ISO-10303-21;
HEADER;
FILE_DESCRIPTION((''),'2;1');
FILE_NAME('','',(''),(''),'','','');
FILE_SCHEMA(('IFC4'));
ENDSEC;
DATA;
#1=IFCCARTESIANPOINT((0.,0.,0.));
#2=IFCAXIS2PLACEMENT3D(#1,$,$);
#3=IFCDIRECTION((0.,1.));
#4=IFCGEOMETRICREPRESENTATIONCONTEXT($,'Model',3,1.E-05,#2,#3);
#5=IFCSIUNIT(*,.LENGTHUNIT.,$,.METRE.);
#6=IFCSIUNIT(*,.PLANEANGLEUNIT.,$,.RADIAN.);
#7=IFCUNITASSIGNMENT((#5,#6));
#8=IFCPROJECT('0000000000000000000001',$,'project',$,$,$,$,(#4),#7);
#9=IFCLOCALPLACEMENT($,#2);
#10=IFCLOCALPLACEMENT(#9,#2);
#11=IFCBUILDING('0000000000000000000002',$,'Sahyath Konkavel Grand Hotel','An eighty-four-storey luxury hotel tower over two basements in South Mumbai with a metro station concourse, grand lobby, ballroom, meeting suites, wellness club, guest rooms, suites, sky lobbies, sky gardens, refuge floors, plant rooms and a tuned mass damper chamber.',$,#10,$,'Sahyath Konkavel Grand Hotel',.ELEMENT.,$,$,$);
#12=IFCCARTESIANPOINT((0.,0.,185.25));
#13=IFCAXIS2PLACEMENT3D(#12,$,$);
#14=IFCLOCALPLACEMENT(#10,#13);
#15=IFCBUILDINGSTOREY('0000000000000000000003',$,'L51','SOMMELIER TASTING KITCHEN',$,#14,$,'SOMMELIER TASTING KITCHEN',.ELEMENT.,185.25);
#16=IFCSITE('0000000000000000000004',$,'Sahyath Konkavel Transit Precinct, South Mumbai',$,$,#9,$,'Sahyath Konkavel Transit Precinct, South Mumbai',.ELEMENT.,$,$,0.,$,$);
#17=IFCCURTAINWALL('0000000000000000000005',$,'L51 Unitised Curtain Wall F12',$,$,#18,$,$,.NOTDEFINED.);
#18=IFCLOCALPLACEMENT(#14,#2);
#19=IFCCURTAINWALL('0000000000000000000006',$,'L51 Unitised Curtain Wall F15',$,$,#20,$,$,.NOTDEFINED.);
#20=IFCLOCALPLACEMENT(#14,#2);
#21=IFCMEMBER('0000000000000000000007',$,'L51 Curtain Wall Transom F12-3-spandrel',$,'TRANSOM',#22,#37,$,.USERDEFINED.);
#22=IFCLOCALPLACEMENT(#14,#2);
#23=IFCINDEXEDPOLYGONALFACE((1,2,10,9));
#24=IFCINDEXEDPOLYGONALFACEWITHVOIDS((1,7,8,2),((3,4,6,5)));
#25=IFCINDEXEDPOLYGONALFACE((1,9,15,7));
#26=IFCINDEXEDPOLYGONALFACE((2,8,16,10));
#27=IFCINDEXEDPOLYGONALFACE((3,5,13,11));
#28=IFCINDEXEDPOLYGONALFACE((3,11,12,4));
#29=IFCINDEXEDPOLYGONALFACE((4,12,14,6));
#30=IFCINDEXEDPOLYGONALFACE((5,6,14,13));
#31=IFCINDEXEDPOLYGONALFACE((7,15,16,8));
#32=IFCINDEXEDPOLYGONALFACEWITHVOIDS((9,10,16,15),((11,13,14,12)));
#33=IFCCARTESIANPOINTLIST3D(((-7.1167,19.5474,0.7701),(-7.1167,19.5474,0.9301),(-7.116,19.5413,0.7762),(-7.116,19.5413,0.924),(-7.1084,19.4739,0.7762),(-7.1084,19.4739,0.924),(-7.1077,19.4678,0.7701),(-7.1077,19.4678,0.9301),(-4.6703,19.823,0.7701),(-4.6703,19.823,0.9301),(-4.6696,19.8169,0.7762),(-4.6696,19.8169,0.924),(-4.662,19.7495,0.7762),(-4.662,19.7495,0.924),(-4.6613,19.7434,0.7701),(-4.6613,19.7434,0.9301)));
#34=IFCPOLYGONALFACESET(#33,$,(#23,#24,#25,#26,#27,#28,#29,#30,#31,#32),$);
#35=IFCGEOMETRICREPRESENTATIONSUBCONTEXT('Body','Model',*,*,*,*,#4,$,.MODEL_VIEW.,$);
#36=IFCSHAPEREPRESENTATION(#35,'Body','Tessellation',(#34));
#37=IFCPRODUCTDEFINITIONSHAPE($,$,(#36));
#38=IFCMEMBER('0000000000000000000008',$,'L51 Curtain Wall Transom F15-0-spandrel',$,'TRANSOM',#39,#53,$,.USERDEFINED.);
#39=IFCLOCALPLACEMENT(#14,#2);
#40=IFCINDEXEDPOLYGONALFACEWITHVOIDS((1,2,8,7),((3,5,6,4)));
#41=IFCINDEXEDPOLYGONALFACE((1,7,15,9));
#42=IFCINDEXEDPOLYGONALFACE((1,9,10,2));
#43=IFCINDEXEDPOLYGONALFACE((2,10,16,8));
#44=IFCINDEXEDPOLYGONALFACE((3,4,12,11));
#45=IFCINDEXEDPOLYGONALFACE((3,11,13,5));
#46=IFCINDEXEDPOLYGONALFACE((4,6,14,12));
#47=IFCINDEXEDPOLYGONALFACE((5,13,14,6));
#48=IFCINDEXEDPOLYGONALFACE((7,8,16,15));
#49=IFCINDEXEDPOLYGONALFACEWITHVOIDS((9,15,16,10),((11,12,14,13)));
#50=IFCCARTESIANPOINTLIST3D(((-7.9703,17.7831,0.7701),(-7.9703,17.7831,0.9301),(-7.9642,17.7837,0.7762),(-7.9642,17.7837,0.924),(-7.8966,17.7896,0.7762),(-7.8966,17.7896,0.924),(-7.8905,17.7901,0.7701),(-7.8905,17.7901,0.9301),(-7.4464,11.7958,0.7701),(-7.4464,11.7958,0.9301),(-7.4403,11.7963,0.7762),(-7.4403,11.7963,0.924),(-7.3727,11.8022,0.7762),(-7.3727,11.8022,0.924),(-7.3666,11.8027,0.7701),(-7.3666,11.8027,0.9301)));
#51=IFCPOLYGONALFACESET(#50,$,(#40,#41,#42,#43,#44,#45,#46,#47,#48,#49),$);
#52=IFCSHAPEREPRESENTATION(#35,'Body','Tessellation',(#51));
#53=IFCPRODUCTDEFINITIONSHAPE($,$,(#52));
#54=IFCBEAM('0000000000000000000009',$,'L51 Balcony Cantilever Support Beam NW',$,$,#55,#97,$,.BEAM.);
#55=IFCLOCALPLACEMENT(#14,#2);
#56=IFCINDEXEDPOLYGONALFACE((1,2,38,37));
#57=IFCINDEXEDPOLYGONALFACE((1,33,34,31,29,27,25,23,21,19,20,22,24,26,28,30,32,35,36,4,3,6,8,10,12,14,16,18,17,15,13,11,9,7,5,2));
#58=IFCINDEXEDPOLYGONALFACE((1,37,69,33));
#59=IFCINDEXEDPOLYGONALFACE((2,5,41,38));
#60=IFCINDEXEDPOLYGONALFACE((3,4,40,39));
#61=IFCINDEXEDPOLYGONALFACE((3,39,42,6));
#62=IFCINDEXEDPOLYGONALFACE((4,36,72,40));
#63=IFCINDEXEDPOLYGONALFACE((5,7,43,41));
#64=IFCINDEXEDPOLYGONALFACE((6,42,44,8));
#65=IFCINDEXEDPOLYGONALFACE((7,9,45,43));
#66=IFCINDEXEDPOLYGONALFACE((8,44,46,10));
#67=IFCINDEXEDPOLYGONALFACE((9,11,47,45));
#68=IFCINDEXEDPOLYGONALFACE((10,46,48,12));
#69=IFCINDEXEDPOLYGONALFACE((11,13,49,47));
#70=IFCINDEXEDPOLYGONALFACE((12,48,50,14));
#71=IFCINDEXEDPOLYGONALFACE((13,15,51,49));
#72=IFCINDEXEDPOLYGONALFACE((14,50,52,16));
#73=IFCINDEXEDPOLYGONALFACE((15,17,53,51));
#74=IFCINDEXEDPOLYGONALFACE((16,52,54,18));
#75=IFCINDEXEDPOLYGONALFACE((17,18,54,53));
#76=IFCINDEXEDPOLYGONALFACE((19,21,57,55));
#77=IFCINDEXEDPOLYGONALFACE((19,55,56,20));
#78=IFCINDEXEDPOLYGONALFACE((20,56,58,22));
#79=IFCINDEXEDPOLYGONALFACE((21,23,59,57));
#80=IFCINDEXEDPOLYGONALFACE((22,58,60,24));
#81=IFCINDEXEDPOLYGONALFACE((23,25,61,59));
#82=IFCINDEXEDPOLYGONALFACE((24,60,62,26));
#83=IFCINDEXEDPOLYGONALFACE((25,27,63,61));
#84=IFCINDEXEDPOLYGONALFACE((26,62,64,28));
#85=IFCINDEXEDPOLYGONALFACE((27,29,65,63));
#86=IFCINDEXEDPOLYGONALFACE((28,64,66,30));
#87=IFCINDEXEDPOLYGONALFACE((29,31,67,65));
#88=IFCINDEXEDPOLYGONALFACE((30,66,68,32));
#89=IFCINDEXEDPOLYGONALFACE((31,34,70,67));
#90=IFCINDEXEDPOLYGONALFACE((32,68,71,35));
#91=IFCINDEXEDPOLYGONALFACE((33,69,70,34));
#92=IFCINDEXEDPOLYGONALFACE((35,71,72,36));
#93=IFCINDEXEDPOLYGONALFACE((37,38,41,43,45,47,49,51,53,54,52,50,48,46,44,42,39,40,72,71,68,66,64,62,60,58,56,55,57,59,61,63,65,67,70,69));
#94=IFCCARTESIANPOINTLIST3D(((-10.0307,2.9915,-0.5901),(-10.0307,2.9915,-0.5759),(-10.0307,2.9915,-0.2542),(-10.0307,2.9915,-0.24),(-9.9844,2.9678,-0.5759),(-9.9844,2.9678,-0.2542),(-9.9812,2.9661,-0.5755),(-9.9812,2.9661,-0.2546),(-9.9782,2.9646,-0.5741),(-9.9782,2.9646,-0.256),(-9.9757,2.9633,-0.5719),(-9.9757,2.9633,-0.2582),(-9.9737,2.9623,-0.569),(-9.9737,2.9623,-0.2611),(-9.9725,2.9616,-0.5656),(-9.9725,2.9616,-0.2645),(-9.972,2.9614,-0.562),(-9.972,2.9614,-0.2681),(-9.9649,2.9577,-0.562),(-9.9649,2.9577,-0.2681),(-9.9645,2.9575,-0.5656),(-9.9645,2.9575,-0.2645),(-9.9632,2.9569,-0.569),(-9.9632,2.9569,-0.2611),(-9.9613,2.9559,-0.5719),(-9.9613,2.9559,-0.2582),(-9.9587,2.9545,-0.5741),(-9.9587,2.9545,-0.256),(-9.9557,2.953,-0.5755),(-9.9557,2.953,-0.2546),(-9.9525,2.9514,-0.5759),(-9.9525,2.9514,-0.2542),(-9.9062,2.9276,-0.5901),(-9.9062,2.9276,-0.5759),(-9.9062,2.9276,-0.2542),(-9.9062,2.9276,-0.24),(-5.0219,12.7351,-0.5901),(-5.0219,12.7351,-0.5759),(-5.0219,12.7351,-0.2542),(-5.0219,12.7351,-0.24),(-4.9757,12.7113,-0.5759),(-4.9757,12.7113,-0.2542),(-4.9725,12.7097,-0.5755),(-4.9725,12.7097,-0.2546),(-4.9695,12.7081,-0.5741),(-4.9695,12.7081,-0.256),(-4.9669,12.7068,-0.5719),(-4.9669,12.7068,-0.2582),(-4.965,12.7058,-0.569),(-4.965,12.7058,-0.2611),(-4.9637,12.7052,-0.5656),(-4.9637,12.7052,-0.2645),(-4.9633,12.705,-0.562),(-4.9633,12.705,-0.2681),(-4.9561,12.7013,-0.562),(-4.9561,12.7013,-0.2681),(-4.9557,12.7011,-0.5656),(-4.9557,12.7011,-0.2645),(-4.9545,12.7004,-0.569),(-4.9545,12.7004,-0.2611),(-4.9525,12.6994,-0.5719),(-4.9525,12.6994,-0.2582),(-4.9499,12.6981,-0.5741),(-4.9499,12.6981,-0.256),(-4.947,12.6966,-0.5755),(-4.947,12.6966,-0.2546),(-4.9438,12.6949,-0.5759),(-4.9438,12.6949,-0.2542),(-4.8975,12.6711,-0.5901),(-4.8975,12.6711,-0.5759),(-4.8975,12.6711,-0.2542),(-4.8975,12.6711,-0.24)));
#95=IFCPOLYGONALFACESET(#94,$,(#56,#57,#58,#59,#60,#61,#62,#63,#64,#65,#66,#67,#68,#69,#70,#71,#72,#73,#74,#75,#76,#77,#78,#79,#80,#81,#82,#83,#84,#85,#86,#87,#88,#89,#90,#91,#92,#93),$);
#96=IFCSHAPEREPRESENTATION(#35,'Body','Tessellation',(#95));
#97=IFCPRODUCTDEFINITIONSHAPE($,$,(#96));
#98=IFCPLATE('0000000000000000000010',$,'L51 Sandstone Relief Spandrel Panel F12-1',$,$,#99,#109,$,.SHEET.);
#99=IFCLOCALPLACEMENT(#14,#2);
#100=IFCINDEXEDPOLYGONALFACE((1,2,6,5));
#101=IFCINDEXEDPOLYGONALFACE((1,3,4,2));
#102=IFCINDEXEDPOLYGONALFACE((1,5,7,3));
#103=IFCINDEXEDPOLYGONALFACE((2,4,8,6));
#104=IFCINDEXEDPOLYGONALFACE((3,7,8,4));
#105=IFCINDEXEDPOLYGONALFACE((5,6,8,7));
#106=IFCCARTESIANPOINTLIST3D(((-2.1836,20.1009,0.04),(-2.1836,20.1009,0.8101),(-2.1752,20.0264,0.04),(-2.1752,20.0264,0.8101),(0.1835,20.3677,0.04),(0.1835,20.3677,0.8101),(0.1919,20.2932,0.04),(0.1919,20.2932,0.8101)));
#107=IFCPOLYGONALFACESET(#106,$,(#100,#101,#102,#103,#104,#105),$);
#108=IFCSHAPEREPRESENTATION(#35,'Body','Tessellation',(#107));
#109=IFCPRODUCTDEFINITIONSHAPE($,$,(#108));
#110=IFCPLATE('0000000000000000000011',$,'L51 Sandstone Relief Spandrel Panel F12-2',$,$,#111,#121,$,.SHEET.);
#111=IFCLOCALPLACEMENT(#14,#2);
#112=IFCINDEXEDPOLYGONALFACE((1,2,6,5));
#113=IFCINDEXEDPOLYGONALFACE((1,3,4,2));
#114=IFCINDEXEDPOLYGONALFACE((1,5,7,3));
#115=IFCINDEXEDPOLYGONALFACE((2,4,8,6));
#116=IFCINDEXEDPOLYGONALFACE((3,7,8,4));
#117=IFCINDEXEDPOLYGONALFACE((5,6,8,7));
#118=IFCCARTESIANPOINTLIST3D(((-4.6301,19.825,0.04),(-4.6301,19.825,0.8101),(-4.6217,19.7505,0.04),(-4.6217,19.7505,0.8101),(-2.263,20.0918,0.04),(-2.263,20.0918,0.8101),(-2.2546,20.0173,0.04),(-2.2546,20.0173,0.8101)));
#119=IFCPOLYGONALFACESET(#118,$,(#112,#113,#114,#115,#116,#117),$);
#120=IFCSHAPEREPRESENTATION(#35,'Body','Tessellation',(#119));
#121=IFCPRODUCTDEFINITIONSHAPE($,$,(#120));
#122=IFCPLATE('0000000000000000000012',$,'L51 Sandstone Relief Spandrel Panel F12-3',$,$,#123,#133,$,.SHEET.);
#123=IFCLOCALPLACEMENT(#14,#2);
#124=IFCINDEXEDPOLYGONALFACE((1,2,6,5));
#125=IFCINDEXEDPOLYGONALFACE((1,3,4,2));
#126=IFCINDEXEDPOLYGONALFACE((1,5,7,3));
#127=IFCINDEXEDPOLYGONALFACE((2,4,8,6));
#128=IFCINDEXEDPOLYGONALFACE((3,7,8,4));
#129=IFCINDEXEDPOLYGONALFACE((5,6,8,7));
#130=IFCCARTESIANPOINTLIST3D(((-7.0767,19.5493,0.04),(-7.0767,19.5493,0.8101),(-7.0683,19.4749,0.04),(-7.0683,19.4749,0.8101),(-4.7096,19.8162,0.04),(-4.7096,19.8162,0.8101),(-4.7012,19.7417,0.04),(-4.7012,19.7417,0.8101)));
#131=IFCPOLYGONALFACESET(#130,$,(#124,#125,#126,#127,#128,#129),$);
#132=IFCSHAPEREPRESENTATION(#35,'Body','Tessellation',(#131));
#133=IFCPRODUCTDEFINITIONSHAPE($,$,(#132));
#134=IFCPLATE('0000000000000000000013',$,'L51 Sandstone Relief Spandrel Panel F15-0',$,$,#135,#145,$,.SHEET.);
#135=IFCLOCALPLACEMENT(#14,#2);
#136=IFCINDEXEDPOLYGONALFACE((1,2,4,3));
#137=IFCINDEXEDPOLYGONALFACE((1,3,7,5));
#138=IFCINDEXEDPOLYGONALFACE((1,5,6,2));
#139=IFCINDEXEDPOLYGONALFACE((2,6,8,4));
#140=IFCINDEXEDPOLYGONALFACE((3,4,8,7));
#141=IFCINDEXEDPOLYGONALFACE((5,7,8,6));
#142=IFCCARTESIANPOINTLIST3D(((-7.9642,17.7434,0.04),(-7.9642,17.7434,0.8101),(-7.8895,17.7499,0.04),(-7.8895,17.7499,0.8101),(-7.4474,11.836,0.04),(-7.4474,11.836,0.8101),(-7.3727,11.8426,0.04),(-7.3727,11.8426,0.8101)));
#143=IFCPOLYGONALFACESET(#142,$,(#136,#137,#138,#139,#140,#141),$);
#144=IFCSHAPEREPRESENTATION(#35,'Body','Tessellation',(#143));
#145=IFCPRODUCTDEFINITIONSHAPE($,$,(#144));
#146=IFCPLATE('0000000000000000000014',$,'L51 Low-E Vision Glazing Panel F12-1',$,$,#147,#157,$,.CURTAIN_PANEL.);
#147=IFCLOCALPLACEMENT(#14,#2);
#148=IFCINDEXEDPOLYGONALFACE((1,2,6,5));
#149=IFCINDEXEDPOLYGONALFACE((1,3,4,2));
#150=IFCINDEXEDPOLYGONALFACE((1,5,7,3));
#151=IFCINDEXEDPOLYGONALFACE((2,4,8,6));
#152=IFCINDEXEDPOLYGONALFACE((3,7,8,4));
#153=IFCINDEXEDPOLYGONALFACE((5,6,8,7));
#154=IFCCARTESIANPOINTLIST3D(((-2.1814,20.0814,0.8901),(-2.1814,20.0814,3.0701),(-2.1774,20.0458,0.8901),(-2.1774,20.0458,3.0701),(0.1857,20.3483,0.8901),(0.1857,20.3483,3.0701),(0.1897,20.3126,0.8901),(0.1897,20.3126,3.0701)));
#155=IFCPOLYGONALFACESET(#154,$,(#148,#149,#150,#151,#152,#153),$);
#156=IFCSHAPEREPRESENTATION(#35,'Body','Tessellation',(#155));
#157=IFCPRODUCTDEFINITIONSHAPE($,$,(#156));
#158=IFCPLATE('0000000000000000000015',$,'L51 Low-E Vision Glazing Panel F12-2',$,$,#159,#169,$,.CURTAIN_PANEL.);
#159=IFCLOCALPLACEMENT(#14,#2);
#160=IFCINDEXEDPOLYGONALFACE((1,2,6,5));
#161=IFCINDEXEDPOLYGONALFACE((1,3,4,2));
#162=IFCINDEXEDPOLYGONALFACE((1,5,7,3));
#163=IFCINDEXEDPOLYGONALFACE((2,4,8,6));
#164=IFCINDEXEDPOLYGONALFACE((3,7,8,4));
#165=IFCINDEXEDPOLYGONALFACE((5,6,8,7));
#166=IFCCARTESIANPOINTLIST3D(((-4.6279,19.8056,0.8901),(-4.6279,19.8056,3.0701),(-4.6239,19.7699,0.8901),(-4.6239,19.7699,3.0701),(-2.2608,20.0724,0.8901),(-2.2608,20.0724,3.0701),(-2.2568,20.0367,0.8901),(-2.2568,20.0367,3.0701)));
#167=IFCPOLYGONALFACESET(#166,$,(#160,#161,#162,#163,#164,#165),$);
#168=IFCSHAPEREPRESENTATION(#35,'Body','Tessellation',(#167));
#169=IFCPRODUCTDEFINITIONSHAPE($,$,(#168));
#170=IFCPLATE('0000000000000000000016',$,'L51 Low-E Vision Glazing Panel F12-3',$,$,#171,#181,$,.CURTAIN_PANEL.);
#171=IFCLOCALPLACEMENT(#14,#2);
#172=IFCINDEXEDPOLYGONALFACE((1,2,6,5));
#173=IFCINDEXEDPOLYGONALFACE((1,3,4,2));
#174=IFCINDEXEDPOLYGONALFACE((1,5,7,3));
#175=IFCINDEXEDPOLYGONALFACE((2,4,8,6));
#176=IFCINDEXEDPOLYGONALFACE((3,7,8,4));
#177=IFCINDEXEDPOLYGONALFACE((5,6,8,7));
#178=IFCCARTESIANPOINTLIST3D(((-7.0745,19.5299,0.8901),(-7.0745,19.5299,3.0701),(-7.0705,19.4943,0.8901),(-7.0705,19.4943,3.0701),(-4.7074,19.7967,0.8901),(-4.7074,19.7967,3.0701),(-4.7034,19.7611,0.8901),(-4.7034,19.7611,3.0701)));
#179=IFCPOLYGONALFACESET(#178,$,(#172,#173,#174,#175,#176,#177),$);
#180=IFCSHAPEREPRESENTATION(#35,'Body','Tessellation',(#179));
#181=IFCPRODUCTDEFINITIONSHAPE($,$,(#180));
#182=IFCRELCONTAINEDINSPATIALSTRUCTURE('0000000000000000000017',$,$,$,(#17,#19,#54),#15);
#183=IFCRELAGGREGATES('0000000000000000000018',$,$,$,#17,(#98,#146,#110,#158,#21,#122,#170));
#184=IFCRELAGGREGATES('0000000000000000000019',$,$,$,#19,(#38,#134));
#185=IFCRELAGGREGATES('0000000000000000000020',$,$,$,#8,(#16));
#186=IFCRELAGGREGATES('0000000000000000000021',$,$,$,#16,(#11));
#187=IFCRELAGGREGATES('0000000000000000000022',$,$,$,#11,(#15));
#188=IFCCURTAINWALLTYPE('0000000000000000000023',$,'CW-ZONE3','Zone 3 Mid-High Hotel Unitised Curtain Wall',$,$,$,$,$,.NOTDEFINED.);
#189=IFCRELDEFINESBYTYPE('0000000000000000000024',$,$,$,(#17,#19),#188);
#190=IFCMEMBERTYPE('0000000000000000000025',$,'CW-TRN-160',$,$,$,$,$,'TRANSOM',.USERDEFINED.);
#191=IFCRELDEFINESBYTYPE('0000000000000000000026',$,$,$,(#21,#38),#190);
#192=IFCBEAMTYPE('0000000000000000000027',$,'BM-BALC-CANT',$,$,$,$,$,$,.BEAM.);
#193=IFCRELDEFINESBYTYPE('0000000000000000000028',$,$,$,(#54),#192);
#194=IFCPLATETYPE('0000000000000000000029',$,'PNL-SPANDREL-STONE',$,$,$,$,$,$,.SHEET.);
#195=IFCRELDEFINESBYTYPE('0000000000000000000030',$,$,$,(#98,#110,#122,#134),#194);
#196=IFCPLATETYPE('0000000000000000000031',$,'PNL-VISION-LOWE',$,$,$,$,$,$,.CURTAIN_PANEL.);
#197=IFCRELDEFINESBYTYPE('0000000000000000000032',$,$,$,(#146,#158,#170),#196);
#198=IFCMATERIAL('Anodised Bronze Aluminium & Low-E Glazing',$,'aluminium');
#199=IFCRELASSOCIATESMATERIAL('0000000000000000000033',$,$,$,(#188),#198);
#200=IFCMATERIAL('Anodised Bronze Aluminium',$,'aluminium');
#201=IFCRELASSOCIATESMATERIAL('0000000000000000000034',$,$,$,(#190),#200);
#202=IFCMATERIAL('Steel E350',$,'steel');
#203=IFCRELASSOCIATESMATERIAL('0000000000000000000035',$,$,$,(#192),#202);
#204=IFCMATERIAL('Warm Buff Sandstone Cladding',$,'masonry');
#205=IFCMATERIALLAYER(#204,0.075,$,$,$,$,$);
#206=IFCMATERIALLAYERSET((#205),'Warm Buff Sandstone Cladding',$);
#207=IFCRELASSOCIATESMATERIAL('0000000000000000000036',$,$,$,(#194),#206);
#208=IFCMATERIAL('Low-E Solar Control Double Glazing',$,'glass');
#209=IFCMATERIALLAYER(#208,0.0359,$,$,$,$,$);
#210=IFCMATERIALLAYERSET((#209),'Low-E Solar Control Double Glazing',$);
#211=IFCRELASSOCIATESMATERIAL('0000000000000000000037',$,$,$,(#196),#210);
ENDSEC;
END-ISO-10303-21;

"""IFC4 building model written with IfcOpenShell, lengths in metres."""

from ifc_helpers import new_model, si_unit, direction, frame, origin, origin_2d, place, context, subcontext, project, spatial, rectangle, hollow_rectangle, i_section, extrude, source, transform, mapped, material, layer, layer_set, material_profile, profile_set, type_object, element, aggregate, save


model = new_model("IFC4")

# Units and contexts
model_context = context("Model", 3, precision=1e-05, world=origin(), true_north=direction((0.0, 1.0)))
body_context = subcontext(model_context, "Body", "Model", "MODEL_VIEW")
ifc_project = project(units=[si_unit("LENGTHUNIT", "METRE"), si_unit("PLANEANGLEUNIT", "RADIAN")], contexts=[model_context])

# Site, building, storey
site_placement = place(None, origin())
site = spatial("IfcSite", under=ifc_project, at=site_placement, Name="Sahyath Konkavel Transit Precinct, South Mumbai", LongName="Sahyath Konkavel Transit Precinct, South Mumbai", CompositionType="ELEMENT", RefElevation=0.0)
building_placement = place(site_placement, origin())
building = spatial("IfcBuilding", under=site, at=building_placement, Name="Sahyath Konkavel Grand Hotel", Description="An eighty-four-storey luxury hotel tower over two basements in South Mumbai with a metro station concourse, grand lobby, ballroom, meeting suites, wellness club, guest rooms, suites, sky lobbies, sky gardens, refuge floors, plant rooms and a tuned mass damper chamber.", LongName="Sahyath Konkavel Grand Hotel", CompositionType="ELEMENT")
storey_placement = place(building_placement, frame((0.0, 0.0, 185.25)))
storey = spatial("IfcBuildingStorey", under=building, at=storey_placement, Name="L51", Description="SOMMELIER TASTING KITCHEN", LongName="SOMMELIER TASTING KITCHEN", CompositionType="ELEMENT", Elevation=185.25)

# Shared definitions
ifc_material_1 = material(Name="Steel E350", Category="steel")

# Curtain wall
ifc_material_2 = material(Name="Anodised Bronze Aluminium & Low-E Glazing", Category="aluminium")
curtain_wall_type = type_object("IfcCurtainWallType", Name="CW-ZONE3", Description="Zone 3 Mid-High Hotel Unitised Curtain Wall", PredefinedType="NOTDEFINED", material=ifc_material_2)
curtain_wall_1_placement = place(storey_placement, origin())
curtain_wall_1 = element("IfcCurtainWall", 1, at=curtain_wall_1_placement, inside=storey, type_object=curtain_wall_type, Name="L51 Unitised Curtain Wall F12", PredefinedType="NOTDEFINED")
ifc_material_3 = material(Name="Anodised Bronze Aluminium", Category="aluminium")

# Curtain wall
curtain_wall_2_placement = place(storey_placement, origin())
curtain_wall_2 = element("IfcCurtainWall", 2, at=curtain_wall_2_placement, inside=storey, type_object=curtain_wall_type, Name="L51 Unitised Curtain Wall F15", PredefinedType="NOTDEFINED")

# Members
ifc_material_profile_1 = material_profile(ifc_material_3, hollow_rectangle(XDim=0.0801, YDim=0.1599, WallThickness=0.0061, at=origin_2d()), Name="RHS 160x80x6")
ifc_profile_set_1 = profile_set([ifc_material_profile_1], Name="Anodised Bronze Aluminium")
member_type_1 = type_object("IfcMemberType", Name="CW-TRN-160", ElementType="TRANSOM", PredefinedType="USERDEFINED", material=ifc_profile_set_1)
shared_shape_1 = source(origin(), body_context, "Body", "SweptSolid", [
    extrude(hollow_rectangle(XDim=0.0801, YDim=0.1599, WallThickness=0.0061, at=origin_2d()), origin(), (0.0, 0.0, 1.0), 2.4619),
])
member_1_placement = place(storey_placement, frame((-4.6658, 19.7832, 0.8501), z_axis=(-0.993713, -0.111955, 0.0), x_axis=(0.111955, -0.993713, 0.0)))
member_1 = element("IfcMember", 3, at=member_1_placement, type_object=member_type_1, Name="L51 Curtain Wall Transom F12-3-spandrel", ObjectType="TRANSOM", PredefinedType="USERDEFINED", context=body_context, shape_type="MappedRepresentation", body=[
    mapped(shared_shape_1, transform((0.0, 0.0, 0.0), scale=1.0)),
])
shared_shape_2 = source(origin(), body_context, "Body", "SweptSolid", [
    extrude(hollow_rectangle(XDim=0.0801, YDim=0.1599, WallThickness=0.0061, at=origin_2d()), origin(), (0.0, 0.0, 1.0), 6.0103),
])
member_2_placement = place(storey_placement, frame((-7.9304, 17.7866, 0.8501), z_axis=(0.087173, -0.996193, 0.0), x_axis=(0.996193, 0.087173, 0.0)))
member_2 = element("IfcMember", 4, at=member_2_placement, type_object=member_type_1, Name="L51 Curtain Wall Transom F15-0-spandrel", ObjectType="TRANSOM", PredefinedType="USERDEFINED", context=body_context, shape_type="MappedRepresentation", body=[
    mapped(shared_shape_2, transform((0.0, 0.0, 0.0), scale=1.0)),
])

# Beam
ifc_material_profile_2 = material_profile(ifc_material_1, i_section(OverallWidth=0.1399, OverallDepth=0.3501, WebThickness=0.0081, FlangeThickness=0.0142, FilletRadius=0.0139, at=origin_2d()), Name="ISMB 350")
ifc_profile_set_2 = profile_set([ifc_material_profile_2], Name="Steel E350")
beam_type_1 = type_object("IfcBeamType", Name="BM-BALC-CANT", PredefinedType="BEAM", material=ifc_profile_set_2)
shared_shape_3 = source(origin(), body_context, "Body", "SweptSolid", [
    extrude(i_section(OverallWidth=0.1399, OverallDepth=0.3501, WebThickness=0.0081, FlangeThickness=0.0142, FilletRadius=0.0139, at=origin_2d()), origin(), (0.0, 0.0, 1.0), 10.9556),
])
beam_1_placement = place(storey_placement, frame((-4.9597, 12.7031, -0.415), z_axis=(-0.457187, -0.889371, 0.0), x_axis=(0.889371, -0.457187, 0.0)))
element("IfcBeam", 5, at=beam_1_placement, inside=storey, type_object=beam_type_1, Name="L51 Balcony Cantilever Support Beam NW", PredefinedType="BEAM", context=body_context, shape_type="MappedRepresentation", body=[
    mapped(shared_shape_3, transform((0.0, 0.0, 0.0), scale=1.0)),
])

# Plates
ifc_material_4 = material(Name="Warm Buff Sandstone Cladding", Category="masonry")
ifc_layer_1 = layer(ifc_material_4, 0.075)
ifc_layer_set_1 = layer_set([ifc_layer_1], Name="Warm Buff Sandstone Cladding")
plate_type_1 = type_object("IfcPlateType", Name="PNL-SPANDREL-STONE", PredefinedType="SHEET", material=ifc_layer_set_1)
shared_shape_4 = source(origin(), body_context, "Body", "SweptSolid", [
    extrude(rectangle(XDim=2.3821, YDim=0.075, at=origin_2d()), origin(), (0.0, 0.0, 1.0), 0.77),
])
plate_1_placement = place(storey_placement, frame((-0.9958, 20.197, 0.04), z_axis=(0.0, 0.0, 1.0), x_axis=(-0.993707, -0.112007, 0.0)))
plate_1 = element("IfcPlate", 6, at=plate_1_placement, type_object=plate_type_1, Name="L51 Sandstone Relief Spandrel Panel F12-1", PredefinedType="SHEET", context=body_context, shape_type="MappedRepresentation", body=[
    mapped(shared_shape_4, transform((0.0, 0.0, 0.0), scale=1.0)),
])
plate_2_placement = place(storey_placement, frame((-3.4424, 19.9211, 0.04), z_axis=(0.0, 0.0, 1.0), x_axis=(-0.993707, -0.112007, 0.0)))
plate_2 = element("IfcPlate", 7, at=plate_2_placement, type_object=plate_type_1, Name="L51 Sandstone Relief Spandrel Panel F12-2", PredefinedType="SHEET", context=body_context, shape_type="MappedRepresentation", body=[
    mapped(shared_shape_4, transform((0.0, 0.0, 0.0), scale=1.0)),
])
plate_3_placement = place(storey_placement, frame((-5.8889, 19.6455, 0.04), z_axis=(0.0, 0.0, 1.0), x_axis=(-0.993707, -0.112007, 0.0)))
plate_3 = element("IfcPlate", 8, at=plate_3_placement, type_object=plate_type_1, Name="L51 Sandstone Relief Spandrel Panel F12-3", PredefinedType="SHEET", context=body_context, shape_type="MappedRepresentation", body=[
    mapped(shared_shape_4, transform((0.0, 0.0, 0.0), scale=1.0)),
])
shared_shape_5 = source(origin(), body_context, "Body", "SweptSolid", [
    extrude(rectangle(XDim=5.9299, YDim=0.075, at=origin_2d()), origin(), (0.0, 0.0, 1.0), 0.77),
])
plate_4_placement = place(storey_placement, frame((-7.6685, 14.793, 0.04), z_axis=(0.0, 0.0, 1.0), x_axis=(0.087156, -0.996195, 0.0)))
plate_4 = element("IfcPlate", 9, at=plate_4_placement, type_object=plate_type_1, Name="L51 Sandstone Relief Spandrel Panel F15-0", PredefinedType="SHEET", context=body_context, shape_type="MappedRepresentation", body=[
    mapped(shared_shape_5, transform((0.0, 0.0, 0.0), scale=1.0)),
])
ifc_material_5 = material(Name="Low-E Solar Control Double Glazing", Category="glass")
ifc_layer_2 = layer(ifc_material_5, 0.0359)
ifc_layer_set_2 = layer_set([ifc_layer_2], Name="Low-E Solar Control Double Glazing")
plate_type_2 = type_object("IfcPlateType", Name="PNL-VISION-LOWE", PredefinedType="CURTAIN_PANEL", material=ifc_layer_set_2)
shared_shape_6 = source(origin(), body_context, "Body", "SweptSolid", [
    extrude(rectangle(XDim=2.3821, YDim=0.0359, at=origin_2d()), origin(), (0.0, 0.0, 1.0), 2.1799),
])
plate_5_placement = place(storey_placement, frame((-0.9958, 20.197, 0.8901), z_axis=(0.0, 0.0, 1.0), x_axis=(-0.993707, -0.112007, 0.0)))
plate_5 = element("IfcPlate", 10, at=plate_5_placement, type_object=plate_type_2, Name="L51 Low-E Vision Glazing Panel F12-1", PredefinedType="CURTAIN_PANEL", context=body_context, shape_type="MappedRepresentation", body=[
    mapped(shared_shape_6, transform((0.0, 0.0, 0.0), scale=1.0)),
])
plate_6_placement = place(storey_placement, frame((-3.4424, 19.9211, 0.8901), z_axis=(0.0, 0.0, 1.0), x_axis=(-0.993707, -0.112007, 0.0)))
plate_6 = element("IfcPlate", 11, at=plate_6_placement, type_object=plate_type_2, Name="L51 Low-E Vision Glazing Panel F12-2", PredefinedType="CURTAIN_PANEL", context=body_context, shape_type="MappedRepresentation", body=[
    mapped(shared_shape_6, transform((0.0, 0.0, 0.0), scale=1.0)),
])
plate_7_placement = place(storey_placement, frame((-5.8889, 19.6455, 0.8901), z_axis=(0.0, 0.0, 1.0), x_axis=(-0.993707, -0.112007, 0.0)))
plate_7 = element("IfcPlate", 12, at=plate_7_placement, type_object=plate_type_2, Name="L51 Low-E Vision Glazing Panel F12-3", PredefinedType="CURTAIN_PANEL", context=body_context, shape_type="MappedRepresentation", body=[
    mapped(shared_shape_6, transform((0.0, 0.0, 0.0), scale=1.0)),
])
aggregate(curtain_wall_1, [plate_1, plate_5, plate_2, plate_6, member_1, plate_3, plate_7])
aggregate(curtain_wall_2, [member_2, plate_4])

save(model, "model.ifc")
